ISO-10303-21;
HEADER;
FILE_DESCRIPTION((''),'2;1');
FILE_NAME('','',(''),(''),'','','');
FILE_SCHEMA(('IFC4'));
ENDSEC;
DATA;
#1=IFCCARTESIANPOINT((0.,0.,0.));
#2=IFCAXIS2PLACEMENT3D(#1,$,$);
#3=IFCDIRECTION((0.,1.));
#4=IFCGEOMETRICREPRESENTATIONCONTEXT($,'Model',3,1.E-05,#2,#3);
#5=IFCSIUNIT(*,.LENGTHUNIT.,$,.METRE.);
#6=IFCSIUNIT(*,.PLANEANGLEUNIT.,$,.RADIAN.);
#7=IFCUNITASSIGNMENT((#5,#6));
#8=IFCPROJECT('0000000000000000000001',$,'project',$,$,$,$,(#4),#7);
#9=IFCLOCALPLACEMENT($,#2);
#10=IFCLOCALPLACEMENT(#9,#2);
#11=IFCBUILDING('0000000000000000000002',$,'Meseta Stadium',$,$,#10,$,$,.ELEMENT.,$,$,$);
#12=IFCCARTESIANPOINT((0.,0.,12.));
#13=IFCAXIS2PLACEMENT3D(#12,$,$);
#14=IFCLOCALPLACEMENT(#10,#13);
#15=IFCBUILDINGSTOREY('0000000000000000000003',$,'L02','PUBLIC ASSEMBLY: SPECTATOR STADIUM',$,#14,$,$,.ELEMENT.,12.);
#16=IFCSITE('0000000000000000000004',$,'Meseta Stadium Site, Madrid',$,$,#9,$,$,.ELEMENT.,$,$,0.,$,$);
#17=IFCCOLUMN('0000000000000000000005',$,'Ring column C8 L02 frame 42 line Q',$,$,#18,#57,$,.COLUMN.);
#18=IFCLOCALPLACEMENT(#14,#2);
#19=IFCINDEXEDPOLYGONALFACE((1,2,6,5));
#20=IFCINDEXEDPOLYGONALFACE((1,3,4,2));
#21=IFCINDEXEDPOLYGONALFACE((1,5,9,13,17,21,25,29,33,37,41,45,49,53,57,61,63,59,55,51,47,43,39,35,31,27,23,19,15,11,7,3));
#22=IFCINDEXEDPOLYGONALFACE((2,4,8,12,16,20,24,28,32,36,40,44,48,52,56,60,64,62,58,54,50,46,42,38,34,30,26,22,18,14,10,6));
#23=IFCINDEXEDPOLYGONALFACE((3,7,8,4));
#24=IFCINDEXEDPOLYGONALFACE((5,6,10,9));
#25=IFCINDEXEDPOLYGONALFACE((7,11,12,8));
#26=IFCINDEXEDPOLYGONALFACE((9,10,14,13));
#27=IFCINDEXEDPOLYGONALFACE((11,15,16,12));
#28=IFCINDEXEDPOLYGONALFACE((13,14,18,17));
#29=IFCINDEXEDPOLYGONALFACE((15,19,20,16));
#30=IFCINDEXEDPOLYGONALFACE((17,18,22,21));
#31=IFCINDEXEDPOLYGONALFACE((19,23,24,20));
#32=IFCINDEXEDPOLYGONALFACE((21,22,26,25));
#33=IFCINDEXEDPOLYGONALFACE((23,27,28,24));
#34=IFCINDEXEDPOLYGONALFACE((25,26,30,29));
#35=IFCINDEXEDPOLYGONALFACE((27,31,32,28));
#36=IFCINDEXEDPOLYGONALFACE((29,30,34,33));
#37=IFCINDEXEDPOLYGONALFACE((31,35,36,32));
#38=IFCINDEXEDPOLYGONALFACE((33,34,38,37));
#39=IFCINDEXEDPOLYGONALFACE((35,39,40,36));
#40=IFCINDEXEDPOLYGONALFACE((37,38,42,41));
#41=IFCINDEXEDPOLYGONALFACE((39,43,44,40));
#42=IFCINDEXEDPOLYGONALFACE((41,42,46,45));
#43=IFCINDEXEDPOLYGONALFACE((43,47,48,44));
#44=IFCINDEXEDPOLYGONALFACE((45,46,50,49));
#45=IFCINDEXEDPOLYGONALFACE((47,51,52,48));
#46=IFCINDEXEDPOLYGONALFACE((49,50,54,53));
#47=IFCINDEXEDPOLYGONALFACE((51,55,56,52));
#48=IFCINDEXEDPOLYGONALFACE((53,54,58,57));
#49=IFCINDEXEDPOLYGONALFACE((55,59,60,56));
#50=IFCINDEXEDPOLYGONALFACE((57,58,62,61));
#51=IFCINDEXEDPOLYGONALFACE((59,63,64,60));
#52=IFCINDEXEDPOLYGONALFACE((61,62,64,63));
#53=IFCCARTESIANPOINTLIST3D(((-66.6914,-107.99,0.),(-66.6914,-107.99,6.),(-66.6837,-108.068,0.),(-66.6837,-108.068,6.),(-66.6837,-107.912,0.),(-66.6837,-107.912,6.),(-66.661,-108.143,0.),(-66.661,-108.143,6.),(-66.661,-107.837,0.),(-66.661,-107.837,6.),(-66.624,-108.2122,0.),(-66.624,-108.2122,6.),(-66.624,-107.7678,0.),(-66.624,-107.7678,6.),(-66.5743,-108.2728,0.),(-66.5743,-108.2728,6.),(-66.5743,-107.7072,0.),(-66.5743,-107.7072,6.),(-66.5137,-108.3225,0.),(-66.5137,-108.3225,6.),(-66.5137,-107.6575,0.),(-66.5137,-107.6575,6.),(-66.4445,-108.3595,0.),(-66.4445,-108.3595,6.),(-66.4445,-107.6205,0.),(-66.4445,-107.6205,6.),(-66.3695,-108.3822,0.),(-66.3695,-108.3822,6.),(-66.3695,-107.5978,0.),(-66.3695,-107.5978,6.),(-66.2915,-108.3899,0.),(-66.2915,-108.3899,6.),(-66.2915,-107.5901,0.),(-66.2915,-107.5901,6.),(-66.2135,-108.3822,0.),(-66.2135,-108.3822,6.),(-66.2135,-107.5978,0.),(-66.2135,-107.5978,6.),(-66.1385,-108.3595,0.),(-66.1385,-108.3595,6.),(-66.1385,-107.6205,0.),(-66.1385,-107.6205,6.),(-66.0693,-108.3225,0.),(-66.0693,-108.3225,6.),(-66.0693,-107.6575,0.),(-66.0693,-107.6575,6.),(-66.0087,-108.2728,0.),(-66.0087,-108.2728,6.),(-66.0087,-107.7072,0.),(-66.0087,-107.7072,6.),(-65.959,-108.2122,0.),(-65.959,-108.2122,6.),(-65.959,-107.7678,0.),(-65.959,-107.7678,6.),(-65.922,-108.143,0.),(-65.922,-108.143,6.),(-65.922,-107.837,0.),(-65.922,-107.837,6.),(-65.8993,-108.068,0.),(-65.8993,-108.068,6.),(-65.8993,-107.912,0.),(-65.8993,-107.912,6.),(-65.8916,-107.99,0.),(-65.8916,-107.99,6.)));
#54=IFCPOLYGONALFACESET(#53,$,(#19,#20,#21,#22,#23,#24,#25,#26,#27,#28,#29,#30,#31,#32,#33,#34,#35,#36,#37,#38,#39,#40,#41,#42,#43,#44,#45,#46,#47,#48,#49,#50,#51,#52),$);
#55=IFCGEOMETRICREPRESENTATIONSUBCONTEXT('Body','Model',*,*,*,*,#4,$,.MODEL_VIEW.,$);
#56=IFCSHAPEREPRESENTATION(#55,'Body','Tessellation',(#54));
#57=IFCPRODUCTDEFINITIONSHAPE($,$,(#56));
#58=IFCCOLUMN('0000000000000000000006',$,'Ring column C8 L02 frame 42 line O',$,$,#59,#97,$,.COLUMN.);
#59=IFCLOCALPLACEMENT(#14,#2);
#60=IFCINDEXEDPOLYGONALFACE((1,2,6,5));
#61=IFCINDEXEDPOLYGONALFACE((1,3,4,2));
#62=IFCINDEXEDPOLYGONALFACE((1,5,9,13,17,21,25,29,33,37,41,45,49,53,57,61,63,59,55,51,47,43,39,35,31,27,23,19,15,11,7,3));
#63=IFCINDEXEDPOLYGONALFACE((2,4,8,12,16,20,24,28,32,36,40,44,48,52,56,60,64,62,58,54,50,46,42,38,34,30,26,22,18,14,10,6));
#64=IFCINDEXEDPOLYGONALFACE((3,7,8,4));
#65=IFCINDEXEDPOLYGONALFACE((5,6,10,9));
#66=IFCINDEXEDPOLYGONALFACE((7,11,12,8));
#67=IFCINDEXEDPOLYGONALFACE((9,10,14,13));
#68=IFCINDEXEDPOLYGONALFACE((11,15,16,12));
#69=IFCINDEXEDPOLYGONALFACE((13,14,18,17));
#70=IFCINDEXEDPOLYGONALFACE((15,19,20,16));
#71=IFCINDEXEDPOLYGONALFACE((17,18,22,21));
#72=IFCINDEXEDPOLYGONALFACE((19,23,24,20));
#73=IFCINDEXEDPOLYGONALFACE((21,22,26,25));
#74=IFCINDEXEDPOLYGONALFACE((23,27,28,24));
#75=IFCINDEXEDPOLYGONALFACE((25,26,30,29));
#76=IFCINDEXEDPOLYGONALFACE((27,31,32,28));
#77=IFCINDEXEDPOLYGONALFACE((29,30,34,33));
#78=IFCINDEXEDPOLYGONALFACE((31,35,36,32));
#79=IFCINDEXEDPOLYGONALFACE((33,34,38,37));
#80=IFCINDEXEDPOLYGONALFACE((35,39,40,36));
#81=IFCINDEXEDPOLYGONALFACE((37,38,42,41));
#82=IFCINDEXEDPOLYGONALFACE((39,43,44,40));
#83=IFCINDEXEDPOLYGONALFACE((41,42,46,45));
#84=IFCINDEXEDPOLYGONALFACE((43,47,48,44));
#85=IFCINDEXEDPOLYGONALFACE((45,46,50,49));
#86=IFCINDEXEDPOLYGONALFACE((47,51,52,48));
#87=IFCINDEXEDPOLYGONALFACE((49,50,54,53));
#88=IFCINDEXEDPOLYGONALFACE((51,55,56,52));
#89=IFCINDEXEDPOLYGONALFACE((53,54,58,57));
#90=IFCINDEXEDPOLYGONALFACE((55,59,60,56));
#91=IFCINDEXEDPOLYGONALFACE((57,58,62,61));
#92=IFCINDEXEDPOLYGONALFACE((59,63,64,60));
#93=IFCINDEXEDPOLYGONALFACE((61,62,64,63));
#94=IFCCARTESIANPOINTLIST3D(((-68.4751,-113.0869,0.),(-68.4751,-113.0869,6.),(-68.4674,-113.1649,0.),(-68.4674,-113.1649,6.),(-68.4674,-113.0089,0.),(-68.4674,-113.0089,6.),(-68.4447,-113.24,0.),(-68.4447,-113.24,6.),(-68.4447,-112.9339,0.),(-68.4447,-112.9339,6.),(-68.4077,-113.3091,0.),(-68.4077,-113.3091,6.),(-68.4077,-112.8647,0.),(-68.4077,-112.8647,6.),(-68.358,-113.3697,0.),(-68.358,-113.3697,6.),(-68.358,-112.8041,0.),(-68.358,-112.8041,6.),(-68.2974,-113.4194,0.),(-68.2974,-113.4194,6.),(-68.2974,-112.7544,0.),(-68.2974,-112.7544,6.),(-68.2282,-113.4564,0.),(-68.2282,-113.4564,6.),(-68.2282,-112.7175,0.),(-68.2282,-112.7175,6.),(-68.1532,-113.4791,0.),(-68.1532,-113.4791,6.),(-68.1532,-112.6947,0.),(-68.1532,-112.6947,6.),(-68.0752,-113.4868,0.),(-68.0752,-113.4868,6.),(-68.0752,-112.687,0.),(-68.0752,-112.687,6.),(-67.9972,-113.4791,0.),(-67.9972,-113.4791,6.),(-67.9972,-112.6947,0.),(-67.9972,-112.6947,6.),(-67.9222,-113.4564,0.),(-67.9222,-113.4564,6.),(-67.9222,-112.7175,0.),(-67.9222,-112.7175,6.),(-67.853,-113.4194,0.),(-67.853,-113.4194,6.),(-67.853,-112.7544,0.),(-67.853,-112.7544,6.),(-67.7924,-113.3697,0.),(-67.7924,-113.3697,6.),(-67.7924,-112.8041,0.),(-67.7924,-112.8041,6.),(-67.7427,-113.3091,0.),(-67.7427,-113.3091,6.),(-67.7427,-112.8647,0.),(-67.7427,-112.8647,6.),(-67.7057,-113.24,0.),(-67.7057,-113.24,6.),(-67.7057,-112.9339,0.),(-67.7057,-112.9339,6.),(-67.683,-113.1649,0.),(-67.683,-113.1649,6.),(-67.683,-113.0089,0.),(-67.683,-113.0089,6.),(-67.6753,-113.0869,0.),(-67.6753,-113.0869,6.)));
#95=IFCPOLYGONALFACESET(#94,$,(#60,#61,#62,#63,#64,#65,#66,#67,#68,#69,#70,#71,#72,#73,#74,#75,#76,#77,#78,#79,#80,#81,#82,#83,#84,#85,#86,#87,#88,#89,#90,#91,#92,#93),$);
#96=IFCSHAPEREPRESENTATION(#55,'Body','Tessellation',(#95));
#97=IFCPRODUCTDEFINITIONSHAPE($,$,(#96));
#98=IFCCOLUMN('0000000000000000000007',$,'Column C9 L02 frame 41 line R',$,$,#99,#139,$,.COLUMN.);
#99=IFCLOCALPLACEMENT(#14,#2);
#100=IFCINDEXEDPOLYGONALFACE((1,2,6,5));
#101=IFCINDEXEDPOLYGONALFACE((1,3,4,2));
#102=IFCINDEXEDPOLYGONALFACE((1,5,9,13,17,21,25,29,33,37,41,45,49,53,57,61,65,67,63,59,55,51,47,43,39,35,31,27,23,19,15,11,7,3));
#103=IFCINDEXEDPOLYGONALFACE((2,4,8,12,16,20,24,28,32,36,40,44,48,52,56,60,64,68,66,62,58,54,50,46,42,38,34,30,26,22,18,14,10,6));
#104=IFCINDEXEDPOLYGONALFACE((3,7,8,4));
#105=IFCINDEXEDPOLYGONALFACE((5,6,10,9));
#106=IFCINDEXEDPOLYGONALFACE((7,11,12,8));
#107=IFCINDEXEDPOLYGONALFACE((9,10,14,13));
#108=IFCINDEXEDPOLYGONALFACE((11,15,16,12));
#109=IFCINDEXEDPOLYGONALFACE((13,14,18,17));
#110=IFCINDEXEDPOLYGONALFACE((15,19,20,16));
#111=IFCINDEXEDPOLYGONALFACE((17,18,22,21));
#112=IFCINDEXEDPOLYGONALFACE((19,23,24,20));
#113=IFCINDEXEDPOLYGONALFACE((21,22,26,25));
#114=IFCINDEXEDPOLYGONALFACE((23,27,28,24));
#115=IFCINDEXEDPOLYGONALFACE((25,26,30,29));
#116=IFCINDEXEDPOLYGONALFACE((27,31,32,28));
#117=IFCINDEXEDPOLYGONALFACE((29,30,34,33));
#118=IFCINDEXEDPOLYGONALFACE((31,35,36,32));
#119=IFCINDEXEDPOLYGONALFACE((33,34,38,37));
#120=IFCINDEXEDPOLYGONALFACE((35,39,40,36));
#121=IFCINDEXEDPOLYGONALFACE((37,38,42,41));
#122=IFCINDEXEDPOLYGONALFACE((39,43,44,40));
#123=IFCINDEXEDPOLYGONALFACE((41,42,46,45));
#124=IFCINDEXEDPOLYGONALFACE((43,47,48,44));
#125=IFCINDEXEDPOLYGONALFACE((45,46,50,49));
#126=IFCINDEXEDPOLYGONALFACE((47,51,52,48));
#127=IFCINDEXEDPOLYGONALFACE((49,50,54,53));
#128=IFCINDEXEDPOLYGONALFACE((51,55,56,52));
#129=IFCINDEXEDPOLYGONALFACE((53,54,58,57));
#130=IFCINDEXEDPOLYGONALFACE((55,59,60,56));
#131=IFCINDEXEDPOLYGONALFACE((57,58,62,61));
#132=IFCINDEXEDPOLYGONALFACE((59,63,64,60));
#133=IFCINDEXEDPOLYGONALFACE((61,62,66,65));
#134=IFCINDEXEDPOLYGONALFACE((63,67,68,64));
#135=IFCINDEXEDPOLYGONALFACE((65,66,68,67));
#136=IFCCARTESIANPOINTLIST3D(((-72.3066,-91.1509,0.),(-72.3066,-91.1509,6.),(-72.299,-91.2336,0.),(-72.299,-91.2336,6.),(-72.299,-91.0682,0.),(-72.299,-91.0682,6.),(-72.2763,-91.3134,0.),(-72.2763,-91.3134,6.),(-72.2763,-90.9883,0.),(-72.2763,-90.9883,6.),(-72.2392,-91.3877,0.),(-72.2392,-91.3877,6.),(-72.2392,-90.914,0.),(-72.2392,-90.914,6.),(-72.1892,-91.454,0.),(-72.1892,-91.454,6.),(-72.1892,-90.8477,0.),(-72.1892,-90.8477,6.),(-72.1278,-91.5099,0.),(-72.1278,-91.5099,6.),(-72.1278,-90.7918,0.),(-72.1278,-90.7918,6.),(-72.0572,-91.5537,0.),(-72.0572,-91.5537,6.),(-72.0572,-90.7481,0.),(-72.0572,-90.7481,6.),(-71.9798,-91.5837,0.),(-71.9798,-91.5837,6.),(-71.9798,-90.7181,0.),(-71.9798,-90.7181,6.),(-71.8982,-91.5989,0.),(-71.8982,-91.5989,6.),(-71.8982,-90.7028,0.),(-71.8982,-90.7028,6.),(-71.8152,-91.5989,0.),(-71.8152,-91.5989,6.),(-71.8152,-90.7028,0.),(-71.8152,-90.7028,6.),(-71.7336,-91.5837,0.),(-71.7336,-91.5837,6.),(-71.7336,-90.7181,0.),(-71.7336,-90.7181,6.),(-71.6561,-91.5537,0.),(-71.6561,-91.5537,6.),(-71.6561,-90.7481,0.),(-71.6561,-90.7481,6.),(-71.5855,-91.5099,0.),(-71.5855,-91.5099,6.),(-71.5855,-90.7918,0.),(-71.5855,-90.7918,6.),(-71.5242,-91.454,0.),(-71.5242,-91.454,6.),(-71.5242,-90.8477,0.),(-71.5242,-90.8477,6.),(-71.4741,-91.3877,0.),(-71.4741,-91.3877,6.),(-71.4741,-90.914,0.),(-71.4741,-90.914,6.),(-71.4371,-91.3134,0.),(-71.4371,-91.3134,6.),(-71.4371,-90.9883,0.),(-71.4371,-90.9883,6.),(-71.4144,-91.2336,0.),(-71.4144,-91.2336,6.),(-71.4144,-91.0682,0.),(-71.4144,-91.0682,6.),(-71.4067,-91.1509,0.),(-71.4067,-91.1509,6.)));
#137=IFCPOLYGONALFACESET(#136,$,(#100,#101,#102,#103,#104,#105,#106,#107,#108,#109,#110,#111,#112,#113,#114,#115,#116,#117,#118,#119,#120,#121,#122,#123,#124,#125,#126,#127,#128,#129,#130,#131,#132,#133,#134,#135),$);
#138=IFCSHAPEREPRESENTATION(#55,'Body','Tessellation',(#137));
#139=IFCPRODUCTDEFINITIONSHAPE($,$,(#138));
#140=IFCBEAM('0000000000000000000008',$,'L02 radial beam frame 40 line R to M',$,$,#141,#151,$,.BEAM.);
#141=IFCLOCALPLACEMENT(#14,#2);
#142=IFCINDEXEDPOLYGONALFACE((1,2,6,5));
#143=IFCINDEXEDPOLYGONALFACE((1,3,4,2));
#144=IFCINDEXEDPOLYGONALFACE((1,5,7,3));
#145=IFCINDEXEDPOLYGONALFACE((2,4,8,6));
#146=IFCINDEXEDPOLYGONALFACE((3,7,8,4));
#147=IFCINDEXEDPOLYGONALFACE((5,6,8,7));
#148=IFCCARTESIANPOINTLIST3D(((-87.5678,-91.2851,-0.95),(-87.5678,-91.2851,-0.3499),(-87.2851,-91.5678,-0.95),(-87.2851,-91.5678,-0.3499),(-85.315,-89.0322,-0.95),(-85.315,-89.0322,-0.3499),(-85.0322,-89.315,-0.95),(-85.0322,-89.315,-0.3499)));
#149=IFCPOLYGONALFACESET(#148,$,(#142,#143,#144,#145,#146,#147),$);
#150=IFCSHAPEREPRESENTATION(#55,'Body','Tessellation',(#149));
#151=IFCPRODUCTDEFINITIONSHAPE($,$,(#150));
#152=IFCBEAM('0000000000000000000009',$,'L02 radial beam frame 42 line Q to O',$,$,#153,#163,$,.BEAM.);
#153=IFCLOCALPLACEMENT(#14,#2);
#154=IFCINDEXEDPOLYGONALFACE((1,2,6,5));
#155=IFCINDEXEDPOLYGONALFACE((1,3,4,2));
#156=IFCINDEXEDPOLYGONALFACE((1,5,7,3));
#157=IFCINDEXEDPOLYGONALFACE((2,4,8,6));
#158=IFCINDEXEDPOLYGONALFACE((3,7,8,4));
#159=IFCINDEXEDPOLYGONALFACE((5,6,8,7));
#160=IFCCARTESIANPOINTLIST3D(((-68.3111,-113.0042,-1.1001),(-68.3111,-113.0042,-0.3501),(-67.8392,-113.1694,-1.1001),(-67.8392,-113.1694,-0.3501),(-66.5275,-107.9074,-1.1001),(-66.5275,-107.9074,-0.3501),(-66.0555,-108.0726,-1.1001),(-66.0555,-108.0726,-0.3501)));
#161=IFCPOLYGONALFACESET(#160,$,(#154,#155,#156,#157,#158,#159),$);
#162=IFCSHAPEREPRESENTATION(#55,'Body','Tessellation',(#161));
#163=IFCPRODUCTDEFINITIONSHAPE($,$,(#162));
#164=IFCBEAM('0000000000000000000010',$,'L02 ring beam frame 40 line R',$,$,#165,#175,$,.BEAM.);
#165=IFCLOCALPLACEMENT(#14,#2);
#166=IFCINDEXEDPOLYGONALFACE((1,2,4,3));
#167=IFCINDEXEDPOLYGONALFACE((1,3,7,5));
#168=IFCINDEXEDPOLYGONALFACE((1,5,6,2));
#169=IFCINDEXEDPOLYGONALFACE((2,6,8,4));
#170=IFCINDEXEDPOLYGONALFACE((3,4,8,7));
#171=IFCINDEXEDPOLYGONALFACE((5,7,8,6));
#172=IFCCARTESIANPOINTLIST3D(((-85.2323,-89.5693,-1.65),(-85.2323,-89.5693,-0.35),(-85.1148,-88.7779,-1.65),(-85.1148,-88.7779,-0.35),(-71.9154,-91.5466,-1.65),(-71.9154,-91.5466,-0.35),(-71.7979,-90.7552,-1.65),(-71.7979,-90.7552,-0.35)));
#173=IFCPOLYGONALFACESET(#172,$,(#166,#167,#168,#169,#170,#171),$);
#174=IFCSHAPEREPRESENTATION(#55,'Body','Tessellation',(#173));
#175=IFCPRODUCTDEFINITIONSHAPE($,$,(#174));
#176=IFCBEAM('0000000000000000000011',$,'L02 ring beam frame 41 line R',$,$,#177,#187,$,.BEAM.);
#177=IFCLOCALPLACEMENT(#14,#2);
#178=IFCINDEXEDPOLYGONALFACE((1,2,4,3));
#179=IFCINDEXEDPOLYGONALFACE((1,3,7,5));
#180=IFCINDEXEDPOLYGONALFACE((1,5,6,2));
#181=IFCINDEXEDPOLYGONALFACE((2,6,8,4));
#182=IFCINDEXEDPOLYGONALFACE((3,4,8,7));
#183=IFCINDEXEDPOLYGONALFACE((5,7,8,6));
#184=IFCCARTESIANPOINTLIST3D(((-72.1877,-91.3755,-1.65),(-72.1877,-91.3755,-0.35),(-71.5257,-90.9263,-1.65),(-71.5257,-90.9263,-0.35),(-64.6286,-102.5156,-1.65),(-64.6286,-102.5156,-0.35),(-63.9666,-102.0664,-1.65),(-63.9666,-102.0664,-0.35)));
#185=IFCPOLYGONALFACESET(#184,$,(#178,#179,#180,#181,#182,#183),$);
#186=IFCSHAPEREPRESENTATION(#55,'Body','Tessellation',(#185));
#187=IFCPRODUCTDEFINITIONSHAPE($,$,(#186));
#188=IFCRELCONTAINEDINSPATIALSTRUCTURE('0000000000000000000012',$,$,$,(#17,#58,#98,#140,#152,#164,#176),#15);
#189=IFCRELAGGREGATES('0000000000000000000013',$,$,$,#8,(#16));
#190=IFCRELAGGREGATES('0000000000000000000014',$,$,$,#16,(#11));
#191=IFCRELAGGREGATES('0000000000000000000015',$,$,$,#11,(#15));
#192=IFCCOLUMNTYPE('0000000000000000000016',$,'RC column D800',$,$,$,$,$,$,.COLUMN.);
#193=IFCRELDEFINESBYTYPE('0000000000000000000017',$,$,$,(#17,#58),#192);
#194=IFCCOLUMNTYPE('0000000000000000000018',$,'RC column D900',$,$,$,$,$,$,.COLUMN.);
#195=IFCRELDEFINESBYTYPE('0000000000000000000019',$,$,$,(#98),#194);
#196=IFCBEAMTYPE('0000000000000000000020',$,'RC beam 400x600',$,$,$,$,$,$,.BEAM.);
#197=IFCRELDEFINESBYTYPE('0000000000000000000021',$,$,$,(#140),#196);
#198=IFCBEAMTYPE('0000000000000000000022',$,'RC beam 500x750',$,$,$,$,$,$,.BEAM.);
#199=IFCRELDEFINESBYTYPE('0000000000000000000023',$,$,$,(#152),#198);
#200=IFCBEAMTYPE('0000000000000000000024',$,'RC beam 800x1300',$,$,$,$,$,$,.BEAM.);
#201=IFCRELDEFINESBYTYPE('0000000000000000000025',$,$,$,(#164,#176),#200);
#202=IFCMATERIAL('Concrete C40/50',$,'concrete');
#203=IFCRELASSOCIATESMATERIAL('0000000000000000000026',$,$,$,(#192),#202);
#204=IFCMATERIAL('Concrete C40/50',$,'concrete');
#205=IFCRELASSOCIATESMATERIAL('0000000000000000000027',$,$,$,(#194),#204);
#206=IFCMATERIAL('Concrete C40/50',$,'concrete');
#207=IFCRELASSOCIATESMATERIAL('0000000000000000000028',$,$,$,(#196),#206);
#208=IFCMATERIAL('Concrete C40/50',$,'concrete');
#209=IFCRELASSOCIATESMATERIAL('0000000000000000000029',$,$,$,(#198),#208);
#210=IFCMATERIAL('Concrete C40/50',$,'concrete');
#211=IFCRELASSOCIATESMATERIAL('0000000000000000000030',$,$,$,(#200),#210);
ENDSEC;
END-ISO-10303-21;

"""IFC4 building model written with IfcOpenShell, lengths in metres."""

from ifc_helpers import new_model, si_unit, direction, frame, origin, origin_2d, place, context, subcontext, project, spatial, rectangle, circle, extrude, material, material_profile, profile_set, type_object, element, save


model = new_model("IFC4")

# Units and contexts
model_context = context("Model", 3, precision=1e-05, world=origin(), true_north=direction((0.0, 1.0)))
body_context = subcontext(model_context, "Body", "Model", "MODEL_VIEW")
ifc_project = project(units=[si_unit("LENGTHUNIT", "METRE"), si_unit("PLANEANGLEUNIT", "RADIAN")], contexts=[model_context])

# Site, building, storey
site_placement = place(None, origin())
site = spatial("IfcSite", under=ifc_project, at=site_placement, Name="Meseta Stadium Site, Madrid", CompositionType="ELEMENT", RefElevation=0.0)
building_placement = place(site_placement, origin())
building = spatial("IfcBuilding", under=site, at=building_placement, Name="Meseta Stadium", CompositionType="ELEMENT")
storey_placement = place(building_placement, frame((0.0, 0.0, 12.0)))
storey = spatial("IfcBuildingStorey", under=building, at=storey_placement, Name="L02", Description="PUBLIC ASSEMBLY: SPECTATOR STADIUM", CompositionType="ELEMENT", Elevation=12.0)

# Columns
ifc_material_1 = material(Name="Concrete C40/50", Category="concrete")
ifc_material_profile_1 = material_profile(ifc_material_1, circle(Radius=0.3999, at=origin_2d()), Name="RC D800")
ifc_profile_set_1 = profile_set([ifc_material_profile_1], Name="Concrete C40/50")
column_type_1 = type_object("IfcColumnType", Name="RC column D800", PredefinedType="COLUMN", material=ifc_profile_set_1)
for number, where, z_axis, x_axis, name in (
    (1, (-66.2915, -107.99, 0.0), (0.0, 0.0, 1.0), (1.0, 0.0, 0.0), "Ring column C8 L02 frame 42 line Q"),
    (2, (-68.0752, -113.0869, 0.0), (0.0, 0.0, 1.0), (1.0, 0.0, 0.0), "Ring column C8 L02 frame 42 line O"),
):
    element("IfcColumn", number, at=place(storey_placement, frame(where, z_axis=z_axis, x_axis=x_axis)), inside=storey, type_object=column_type_1, Name=name, PredefinedType="COLUMN", context=body_context, shape_type="SweptSolid", body=[
        extrude(circle(Radius=0.3999, at=origin_2d()), origin(), (0.0, 0.0, 1.0), 6.0),
    ])
ifc_material_2 = material(Name="Concrete C40/50", Category="concrete")
ifc_material_profile_2 = material_profile(ifc_material_2, circle(Radius=0.45, at=origin_2d()), Name="RC D900")
ifc_profile_set_2 = profile_set([ifc_material_profile_2], Name="Concrete C40/50")
column_type_2 = type_object("IfcColumnType", Name="RC column D900", PredefinedType="COLUMN", material=ifc_profile_set_2)
column_placement = place(storey_placement, frame((-71.8567, -91.1509, 0.0), z_axis=(0.0, 0.0, 1.0), x_axis=(1.0, 0.0, 0.0)))
element("IfcColumn", 3, at=column_placement, inside=storey, type_object=column_type_2, Name="Column C9 L02 frame 41 line R", PredefinedType="COLUMN", context=body_context, shape_type="SweptSolid", body=[
    extrude(circle(Radius=0.45, at=origin_2d()), origin(), (0.0, 0.0, 1.0), 6.0),
])

# Beams
ifc_material_3 = material(Name="Concrete C40/50", Category="concrete")
ifc_material_profile_3 = material_profile(ifc_material_3, rectangle(XDim=0.3999, YDim=0.6001, at=origin_2d()), Name="RC 400x600")
ifc_profile_set_3 = profile_set([ifc_material_profile_3], Name="Concrete C40/50")
beam_type_1 = type_object("IfcBeamType", Name="RC beam 400x600", PredefinedType="BEAM", material=ifc_profile_set_3)
beam_1_placement = place(storey_placement, frame((-85.1736, -89.1736, -0.6499), z_axis=(-0.707107, -0.707107, 0.0), x_axis=(0.707107, -0.707107, 0.0)))
element("IfcBeam", 4, at=beam_1_placement, inside=storey, type_object=beam_type_1, Name="L02 radial beam frame 40 line R to M", PredefinedType="BEAM", context=body_context, shape_type="SweptSolid", body=[
    extrude(rectangle(XDim=0.3999, YDim=0.6001, at=origin_2d()), origin(), (0.0, 0.0, 1.0), 3.186),
])
ifc_material_4 = material(Name="Concrete C40/50", Category="concrete")
ifc_material_profile_4 = material_profile(ifc_material_4, rectangle(XDim=0.5, YDim=0.75, at=origin_2d()), Name="RC 500x750")
ifc_profile_set_4 = profile_set([ifc_material_profile_4], Name="Concrete C40/50")
beam_type_2 = type_object("IfcBeamType", Name="RC beam 500x750", PredefinedType="BEAM", material=ifc_profile_set_4)
beam_2_placement = place(storey_placement, frame((-66.2915, -107.99, -0.7251), z_axis=(-0.330312, -0.943872, 0.0), x_axis=(0.943872, -0.330312, 0.0)))
element("IfcBeam", 5, at=beam_2_placement, inside=storey, type_object=beam_type_2, Name="L02 radial beam frame 42 line Q to O", PredefinedType="BEAM", context=body_context, shape_type="SweptSolid", body=[
    extrude(rectangle(XDim=0.5, YDim=0.75, at=origin_2d()), origin(), (0.0, 0.0, 1.0), 5.3999),
])
ifc_material_5 = material(Name="Concrete C40/50", Category="concrete")
ifc_material_profile_5 = material_profile(ifc_material_5, rectangle(XDim=0.8, YDim=1.3, at=origin_2d()), Name="RC 800x1300")
ifc_profile_set_5 = profile_set([ifc_material_profile_5], Name="Concrete C40/50")
beam_type_3 = type_object("IfcBeamType", Name="RC beam 800x1300", PredefinedType="BEAM", material=ifc_profile_set_5)
beam_3_placement = place(storey_placement, frame((-85.1736, -89.1736, -1.0), z_axis=(0.989156, -0.14687, 0.0), x_axis=(0.14687, 0.989156, 0.0)))
element("IfcBeam", 6, at=beam_3_placement, inside=storey, type_object=beam_type_3, Name="L02 ring beam frame 40 line R", PredefinedType="BEAM", context=body_context, shape_type="SweptSolid", body=[
    extrude(rectangle(XDim=0.8, YDim=1.3, at=origin_2d()), origin(), (0.0, 0.0, 1.0), 13.4629),
])
beam_4_placement = place(storey_placement, frame((-71.8567, -91.1509, -1.0), z_axis=(0.561486, -0.827486, 0.0), x_axis=(0.827486, 0.561486, 0.0)))
element("IfcBeam", 7, at=beam_4_placement, inside=storey, type_object=beam_type_3, Name="L02 ring beam frame 41 line R", PredefinedType="BEAM", context=body_context, shape_type="SweptSolid", body=[
    extrude(rectangle(XDim=0.8, YDim=1.3, at=origin_2d()), origin(), (0.0, 0.0, 1.0), 13.4626),
])

save(model, "model.ifc")
